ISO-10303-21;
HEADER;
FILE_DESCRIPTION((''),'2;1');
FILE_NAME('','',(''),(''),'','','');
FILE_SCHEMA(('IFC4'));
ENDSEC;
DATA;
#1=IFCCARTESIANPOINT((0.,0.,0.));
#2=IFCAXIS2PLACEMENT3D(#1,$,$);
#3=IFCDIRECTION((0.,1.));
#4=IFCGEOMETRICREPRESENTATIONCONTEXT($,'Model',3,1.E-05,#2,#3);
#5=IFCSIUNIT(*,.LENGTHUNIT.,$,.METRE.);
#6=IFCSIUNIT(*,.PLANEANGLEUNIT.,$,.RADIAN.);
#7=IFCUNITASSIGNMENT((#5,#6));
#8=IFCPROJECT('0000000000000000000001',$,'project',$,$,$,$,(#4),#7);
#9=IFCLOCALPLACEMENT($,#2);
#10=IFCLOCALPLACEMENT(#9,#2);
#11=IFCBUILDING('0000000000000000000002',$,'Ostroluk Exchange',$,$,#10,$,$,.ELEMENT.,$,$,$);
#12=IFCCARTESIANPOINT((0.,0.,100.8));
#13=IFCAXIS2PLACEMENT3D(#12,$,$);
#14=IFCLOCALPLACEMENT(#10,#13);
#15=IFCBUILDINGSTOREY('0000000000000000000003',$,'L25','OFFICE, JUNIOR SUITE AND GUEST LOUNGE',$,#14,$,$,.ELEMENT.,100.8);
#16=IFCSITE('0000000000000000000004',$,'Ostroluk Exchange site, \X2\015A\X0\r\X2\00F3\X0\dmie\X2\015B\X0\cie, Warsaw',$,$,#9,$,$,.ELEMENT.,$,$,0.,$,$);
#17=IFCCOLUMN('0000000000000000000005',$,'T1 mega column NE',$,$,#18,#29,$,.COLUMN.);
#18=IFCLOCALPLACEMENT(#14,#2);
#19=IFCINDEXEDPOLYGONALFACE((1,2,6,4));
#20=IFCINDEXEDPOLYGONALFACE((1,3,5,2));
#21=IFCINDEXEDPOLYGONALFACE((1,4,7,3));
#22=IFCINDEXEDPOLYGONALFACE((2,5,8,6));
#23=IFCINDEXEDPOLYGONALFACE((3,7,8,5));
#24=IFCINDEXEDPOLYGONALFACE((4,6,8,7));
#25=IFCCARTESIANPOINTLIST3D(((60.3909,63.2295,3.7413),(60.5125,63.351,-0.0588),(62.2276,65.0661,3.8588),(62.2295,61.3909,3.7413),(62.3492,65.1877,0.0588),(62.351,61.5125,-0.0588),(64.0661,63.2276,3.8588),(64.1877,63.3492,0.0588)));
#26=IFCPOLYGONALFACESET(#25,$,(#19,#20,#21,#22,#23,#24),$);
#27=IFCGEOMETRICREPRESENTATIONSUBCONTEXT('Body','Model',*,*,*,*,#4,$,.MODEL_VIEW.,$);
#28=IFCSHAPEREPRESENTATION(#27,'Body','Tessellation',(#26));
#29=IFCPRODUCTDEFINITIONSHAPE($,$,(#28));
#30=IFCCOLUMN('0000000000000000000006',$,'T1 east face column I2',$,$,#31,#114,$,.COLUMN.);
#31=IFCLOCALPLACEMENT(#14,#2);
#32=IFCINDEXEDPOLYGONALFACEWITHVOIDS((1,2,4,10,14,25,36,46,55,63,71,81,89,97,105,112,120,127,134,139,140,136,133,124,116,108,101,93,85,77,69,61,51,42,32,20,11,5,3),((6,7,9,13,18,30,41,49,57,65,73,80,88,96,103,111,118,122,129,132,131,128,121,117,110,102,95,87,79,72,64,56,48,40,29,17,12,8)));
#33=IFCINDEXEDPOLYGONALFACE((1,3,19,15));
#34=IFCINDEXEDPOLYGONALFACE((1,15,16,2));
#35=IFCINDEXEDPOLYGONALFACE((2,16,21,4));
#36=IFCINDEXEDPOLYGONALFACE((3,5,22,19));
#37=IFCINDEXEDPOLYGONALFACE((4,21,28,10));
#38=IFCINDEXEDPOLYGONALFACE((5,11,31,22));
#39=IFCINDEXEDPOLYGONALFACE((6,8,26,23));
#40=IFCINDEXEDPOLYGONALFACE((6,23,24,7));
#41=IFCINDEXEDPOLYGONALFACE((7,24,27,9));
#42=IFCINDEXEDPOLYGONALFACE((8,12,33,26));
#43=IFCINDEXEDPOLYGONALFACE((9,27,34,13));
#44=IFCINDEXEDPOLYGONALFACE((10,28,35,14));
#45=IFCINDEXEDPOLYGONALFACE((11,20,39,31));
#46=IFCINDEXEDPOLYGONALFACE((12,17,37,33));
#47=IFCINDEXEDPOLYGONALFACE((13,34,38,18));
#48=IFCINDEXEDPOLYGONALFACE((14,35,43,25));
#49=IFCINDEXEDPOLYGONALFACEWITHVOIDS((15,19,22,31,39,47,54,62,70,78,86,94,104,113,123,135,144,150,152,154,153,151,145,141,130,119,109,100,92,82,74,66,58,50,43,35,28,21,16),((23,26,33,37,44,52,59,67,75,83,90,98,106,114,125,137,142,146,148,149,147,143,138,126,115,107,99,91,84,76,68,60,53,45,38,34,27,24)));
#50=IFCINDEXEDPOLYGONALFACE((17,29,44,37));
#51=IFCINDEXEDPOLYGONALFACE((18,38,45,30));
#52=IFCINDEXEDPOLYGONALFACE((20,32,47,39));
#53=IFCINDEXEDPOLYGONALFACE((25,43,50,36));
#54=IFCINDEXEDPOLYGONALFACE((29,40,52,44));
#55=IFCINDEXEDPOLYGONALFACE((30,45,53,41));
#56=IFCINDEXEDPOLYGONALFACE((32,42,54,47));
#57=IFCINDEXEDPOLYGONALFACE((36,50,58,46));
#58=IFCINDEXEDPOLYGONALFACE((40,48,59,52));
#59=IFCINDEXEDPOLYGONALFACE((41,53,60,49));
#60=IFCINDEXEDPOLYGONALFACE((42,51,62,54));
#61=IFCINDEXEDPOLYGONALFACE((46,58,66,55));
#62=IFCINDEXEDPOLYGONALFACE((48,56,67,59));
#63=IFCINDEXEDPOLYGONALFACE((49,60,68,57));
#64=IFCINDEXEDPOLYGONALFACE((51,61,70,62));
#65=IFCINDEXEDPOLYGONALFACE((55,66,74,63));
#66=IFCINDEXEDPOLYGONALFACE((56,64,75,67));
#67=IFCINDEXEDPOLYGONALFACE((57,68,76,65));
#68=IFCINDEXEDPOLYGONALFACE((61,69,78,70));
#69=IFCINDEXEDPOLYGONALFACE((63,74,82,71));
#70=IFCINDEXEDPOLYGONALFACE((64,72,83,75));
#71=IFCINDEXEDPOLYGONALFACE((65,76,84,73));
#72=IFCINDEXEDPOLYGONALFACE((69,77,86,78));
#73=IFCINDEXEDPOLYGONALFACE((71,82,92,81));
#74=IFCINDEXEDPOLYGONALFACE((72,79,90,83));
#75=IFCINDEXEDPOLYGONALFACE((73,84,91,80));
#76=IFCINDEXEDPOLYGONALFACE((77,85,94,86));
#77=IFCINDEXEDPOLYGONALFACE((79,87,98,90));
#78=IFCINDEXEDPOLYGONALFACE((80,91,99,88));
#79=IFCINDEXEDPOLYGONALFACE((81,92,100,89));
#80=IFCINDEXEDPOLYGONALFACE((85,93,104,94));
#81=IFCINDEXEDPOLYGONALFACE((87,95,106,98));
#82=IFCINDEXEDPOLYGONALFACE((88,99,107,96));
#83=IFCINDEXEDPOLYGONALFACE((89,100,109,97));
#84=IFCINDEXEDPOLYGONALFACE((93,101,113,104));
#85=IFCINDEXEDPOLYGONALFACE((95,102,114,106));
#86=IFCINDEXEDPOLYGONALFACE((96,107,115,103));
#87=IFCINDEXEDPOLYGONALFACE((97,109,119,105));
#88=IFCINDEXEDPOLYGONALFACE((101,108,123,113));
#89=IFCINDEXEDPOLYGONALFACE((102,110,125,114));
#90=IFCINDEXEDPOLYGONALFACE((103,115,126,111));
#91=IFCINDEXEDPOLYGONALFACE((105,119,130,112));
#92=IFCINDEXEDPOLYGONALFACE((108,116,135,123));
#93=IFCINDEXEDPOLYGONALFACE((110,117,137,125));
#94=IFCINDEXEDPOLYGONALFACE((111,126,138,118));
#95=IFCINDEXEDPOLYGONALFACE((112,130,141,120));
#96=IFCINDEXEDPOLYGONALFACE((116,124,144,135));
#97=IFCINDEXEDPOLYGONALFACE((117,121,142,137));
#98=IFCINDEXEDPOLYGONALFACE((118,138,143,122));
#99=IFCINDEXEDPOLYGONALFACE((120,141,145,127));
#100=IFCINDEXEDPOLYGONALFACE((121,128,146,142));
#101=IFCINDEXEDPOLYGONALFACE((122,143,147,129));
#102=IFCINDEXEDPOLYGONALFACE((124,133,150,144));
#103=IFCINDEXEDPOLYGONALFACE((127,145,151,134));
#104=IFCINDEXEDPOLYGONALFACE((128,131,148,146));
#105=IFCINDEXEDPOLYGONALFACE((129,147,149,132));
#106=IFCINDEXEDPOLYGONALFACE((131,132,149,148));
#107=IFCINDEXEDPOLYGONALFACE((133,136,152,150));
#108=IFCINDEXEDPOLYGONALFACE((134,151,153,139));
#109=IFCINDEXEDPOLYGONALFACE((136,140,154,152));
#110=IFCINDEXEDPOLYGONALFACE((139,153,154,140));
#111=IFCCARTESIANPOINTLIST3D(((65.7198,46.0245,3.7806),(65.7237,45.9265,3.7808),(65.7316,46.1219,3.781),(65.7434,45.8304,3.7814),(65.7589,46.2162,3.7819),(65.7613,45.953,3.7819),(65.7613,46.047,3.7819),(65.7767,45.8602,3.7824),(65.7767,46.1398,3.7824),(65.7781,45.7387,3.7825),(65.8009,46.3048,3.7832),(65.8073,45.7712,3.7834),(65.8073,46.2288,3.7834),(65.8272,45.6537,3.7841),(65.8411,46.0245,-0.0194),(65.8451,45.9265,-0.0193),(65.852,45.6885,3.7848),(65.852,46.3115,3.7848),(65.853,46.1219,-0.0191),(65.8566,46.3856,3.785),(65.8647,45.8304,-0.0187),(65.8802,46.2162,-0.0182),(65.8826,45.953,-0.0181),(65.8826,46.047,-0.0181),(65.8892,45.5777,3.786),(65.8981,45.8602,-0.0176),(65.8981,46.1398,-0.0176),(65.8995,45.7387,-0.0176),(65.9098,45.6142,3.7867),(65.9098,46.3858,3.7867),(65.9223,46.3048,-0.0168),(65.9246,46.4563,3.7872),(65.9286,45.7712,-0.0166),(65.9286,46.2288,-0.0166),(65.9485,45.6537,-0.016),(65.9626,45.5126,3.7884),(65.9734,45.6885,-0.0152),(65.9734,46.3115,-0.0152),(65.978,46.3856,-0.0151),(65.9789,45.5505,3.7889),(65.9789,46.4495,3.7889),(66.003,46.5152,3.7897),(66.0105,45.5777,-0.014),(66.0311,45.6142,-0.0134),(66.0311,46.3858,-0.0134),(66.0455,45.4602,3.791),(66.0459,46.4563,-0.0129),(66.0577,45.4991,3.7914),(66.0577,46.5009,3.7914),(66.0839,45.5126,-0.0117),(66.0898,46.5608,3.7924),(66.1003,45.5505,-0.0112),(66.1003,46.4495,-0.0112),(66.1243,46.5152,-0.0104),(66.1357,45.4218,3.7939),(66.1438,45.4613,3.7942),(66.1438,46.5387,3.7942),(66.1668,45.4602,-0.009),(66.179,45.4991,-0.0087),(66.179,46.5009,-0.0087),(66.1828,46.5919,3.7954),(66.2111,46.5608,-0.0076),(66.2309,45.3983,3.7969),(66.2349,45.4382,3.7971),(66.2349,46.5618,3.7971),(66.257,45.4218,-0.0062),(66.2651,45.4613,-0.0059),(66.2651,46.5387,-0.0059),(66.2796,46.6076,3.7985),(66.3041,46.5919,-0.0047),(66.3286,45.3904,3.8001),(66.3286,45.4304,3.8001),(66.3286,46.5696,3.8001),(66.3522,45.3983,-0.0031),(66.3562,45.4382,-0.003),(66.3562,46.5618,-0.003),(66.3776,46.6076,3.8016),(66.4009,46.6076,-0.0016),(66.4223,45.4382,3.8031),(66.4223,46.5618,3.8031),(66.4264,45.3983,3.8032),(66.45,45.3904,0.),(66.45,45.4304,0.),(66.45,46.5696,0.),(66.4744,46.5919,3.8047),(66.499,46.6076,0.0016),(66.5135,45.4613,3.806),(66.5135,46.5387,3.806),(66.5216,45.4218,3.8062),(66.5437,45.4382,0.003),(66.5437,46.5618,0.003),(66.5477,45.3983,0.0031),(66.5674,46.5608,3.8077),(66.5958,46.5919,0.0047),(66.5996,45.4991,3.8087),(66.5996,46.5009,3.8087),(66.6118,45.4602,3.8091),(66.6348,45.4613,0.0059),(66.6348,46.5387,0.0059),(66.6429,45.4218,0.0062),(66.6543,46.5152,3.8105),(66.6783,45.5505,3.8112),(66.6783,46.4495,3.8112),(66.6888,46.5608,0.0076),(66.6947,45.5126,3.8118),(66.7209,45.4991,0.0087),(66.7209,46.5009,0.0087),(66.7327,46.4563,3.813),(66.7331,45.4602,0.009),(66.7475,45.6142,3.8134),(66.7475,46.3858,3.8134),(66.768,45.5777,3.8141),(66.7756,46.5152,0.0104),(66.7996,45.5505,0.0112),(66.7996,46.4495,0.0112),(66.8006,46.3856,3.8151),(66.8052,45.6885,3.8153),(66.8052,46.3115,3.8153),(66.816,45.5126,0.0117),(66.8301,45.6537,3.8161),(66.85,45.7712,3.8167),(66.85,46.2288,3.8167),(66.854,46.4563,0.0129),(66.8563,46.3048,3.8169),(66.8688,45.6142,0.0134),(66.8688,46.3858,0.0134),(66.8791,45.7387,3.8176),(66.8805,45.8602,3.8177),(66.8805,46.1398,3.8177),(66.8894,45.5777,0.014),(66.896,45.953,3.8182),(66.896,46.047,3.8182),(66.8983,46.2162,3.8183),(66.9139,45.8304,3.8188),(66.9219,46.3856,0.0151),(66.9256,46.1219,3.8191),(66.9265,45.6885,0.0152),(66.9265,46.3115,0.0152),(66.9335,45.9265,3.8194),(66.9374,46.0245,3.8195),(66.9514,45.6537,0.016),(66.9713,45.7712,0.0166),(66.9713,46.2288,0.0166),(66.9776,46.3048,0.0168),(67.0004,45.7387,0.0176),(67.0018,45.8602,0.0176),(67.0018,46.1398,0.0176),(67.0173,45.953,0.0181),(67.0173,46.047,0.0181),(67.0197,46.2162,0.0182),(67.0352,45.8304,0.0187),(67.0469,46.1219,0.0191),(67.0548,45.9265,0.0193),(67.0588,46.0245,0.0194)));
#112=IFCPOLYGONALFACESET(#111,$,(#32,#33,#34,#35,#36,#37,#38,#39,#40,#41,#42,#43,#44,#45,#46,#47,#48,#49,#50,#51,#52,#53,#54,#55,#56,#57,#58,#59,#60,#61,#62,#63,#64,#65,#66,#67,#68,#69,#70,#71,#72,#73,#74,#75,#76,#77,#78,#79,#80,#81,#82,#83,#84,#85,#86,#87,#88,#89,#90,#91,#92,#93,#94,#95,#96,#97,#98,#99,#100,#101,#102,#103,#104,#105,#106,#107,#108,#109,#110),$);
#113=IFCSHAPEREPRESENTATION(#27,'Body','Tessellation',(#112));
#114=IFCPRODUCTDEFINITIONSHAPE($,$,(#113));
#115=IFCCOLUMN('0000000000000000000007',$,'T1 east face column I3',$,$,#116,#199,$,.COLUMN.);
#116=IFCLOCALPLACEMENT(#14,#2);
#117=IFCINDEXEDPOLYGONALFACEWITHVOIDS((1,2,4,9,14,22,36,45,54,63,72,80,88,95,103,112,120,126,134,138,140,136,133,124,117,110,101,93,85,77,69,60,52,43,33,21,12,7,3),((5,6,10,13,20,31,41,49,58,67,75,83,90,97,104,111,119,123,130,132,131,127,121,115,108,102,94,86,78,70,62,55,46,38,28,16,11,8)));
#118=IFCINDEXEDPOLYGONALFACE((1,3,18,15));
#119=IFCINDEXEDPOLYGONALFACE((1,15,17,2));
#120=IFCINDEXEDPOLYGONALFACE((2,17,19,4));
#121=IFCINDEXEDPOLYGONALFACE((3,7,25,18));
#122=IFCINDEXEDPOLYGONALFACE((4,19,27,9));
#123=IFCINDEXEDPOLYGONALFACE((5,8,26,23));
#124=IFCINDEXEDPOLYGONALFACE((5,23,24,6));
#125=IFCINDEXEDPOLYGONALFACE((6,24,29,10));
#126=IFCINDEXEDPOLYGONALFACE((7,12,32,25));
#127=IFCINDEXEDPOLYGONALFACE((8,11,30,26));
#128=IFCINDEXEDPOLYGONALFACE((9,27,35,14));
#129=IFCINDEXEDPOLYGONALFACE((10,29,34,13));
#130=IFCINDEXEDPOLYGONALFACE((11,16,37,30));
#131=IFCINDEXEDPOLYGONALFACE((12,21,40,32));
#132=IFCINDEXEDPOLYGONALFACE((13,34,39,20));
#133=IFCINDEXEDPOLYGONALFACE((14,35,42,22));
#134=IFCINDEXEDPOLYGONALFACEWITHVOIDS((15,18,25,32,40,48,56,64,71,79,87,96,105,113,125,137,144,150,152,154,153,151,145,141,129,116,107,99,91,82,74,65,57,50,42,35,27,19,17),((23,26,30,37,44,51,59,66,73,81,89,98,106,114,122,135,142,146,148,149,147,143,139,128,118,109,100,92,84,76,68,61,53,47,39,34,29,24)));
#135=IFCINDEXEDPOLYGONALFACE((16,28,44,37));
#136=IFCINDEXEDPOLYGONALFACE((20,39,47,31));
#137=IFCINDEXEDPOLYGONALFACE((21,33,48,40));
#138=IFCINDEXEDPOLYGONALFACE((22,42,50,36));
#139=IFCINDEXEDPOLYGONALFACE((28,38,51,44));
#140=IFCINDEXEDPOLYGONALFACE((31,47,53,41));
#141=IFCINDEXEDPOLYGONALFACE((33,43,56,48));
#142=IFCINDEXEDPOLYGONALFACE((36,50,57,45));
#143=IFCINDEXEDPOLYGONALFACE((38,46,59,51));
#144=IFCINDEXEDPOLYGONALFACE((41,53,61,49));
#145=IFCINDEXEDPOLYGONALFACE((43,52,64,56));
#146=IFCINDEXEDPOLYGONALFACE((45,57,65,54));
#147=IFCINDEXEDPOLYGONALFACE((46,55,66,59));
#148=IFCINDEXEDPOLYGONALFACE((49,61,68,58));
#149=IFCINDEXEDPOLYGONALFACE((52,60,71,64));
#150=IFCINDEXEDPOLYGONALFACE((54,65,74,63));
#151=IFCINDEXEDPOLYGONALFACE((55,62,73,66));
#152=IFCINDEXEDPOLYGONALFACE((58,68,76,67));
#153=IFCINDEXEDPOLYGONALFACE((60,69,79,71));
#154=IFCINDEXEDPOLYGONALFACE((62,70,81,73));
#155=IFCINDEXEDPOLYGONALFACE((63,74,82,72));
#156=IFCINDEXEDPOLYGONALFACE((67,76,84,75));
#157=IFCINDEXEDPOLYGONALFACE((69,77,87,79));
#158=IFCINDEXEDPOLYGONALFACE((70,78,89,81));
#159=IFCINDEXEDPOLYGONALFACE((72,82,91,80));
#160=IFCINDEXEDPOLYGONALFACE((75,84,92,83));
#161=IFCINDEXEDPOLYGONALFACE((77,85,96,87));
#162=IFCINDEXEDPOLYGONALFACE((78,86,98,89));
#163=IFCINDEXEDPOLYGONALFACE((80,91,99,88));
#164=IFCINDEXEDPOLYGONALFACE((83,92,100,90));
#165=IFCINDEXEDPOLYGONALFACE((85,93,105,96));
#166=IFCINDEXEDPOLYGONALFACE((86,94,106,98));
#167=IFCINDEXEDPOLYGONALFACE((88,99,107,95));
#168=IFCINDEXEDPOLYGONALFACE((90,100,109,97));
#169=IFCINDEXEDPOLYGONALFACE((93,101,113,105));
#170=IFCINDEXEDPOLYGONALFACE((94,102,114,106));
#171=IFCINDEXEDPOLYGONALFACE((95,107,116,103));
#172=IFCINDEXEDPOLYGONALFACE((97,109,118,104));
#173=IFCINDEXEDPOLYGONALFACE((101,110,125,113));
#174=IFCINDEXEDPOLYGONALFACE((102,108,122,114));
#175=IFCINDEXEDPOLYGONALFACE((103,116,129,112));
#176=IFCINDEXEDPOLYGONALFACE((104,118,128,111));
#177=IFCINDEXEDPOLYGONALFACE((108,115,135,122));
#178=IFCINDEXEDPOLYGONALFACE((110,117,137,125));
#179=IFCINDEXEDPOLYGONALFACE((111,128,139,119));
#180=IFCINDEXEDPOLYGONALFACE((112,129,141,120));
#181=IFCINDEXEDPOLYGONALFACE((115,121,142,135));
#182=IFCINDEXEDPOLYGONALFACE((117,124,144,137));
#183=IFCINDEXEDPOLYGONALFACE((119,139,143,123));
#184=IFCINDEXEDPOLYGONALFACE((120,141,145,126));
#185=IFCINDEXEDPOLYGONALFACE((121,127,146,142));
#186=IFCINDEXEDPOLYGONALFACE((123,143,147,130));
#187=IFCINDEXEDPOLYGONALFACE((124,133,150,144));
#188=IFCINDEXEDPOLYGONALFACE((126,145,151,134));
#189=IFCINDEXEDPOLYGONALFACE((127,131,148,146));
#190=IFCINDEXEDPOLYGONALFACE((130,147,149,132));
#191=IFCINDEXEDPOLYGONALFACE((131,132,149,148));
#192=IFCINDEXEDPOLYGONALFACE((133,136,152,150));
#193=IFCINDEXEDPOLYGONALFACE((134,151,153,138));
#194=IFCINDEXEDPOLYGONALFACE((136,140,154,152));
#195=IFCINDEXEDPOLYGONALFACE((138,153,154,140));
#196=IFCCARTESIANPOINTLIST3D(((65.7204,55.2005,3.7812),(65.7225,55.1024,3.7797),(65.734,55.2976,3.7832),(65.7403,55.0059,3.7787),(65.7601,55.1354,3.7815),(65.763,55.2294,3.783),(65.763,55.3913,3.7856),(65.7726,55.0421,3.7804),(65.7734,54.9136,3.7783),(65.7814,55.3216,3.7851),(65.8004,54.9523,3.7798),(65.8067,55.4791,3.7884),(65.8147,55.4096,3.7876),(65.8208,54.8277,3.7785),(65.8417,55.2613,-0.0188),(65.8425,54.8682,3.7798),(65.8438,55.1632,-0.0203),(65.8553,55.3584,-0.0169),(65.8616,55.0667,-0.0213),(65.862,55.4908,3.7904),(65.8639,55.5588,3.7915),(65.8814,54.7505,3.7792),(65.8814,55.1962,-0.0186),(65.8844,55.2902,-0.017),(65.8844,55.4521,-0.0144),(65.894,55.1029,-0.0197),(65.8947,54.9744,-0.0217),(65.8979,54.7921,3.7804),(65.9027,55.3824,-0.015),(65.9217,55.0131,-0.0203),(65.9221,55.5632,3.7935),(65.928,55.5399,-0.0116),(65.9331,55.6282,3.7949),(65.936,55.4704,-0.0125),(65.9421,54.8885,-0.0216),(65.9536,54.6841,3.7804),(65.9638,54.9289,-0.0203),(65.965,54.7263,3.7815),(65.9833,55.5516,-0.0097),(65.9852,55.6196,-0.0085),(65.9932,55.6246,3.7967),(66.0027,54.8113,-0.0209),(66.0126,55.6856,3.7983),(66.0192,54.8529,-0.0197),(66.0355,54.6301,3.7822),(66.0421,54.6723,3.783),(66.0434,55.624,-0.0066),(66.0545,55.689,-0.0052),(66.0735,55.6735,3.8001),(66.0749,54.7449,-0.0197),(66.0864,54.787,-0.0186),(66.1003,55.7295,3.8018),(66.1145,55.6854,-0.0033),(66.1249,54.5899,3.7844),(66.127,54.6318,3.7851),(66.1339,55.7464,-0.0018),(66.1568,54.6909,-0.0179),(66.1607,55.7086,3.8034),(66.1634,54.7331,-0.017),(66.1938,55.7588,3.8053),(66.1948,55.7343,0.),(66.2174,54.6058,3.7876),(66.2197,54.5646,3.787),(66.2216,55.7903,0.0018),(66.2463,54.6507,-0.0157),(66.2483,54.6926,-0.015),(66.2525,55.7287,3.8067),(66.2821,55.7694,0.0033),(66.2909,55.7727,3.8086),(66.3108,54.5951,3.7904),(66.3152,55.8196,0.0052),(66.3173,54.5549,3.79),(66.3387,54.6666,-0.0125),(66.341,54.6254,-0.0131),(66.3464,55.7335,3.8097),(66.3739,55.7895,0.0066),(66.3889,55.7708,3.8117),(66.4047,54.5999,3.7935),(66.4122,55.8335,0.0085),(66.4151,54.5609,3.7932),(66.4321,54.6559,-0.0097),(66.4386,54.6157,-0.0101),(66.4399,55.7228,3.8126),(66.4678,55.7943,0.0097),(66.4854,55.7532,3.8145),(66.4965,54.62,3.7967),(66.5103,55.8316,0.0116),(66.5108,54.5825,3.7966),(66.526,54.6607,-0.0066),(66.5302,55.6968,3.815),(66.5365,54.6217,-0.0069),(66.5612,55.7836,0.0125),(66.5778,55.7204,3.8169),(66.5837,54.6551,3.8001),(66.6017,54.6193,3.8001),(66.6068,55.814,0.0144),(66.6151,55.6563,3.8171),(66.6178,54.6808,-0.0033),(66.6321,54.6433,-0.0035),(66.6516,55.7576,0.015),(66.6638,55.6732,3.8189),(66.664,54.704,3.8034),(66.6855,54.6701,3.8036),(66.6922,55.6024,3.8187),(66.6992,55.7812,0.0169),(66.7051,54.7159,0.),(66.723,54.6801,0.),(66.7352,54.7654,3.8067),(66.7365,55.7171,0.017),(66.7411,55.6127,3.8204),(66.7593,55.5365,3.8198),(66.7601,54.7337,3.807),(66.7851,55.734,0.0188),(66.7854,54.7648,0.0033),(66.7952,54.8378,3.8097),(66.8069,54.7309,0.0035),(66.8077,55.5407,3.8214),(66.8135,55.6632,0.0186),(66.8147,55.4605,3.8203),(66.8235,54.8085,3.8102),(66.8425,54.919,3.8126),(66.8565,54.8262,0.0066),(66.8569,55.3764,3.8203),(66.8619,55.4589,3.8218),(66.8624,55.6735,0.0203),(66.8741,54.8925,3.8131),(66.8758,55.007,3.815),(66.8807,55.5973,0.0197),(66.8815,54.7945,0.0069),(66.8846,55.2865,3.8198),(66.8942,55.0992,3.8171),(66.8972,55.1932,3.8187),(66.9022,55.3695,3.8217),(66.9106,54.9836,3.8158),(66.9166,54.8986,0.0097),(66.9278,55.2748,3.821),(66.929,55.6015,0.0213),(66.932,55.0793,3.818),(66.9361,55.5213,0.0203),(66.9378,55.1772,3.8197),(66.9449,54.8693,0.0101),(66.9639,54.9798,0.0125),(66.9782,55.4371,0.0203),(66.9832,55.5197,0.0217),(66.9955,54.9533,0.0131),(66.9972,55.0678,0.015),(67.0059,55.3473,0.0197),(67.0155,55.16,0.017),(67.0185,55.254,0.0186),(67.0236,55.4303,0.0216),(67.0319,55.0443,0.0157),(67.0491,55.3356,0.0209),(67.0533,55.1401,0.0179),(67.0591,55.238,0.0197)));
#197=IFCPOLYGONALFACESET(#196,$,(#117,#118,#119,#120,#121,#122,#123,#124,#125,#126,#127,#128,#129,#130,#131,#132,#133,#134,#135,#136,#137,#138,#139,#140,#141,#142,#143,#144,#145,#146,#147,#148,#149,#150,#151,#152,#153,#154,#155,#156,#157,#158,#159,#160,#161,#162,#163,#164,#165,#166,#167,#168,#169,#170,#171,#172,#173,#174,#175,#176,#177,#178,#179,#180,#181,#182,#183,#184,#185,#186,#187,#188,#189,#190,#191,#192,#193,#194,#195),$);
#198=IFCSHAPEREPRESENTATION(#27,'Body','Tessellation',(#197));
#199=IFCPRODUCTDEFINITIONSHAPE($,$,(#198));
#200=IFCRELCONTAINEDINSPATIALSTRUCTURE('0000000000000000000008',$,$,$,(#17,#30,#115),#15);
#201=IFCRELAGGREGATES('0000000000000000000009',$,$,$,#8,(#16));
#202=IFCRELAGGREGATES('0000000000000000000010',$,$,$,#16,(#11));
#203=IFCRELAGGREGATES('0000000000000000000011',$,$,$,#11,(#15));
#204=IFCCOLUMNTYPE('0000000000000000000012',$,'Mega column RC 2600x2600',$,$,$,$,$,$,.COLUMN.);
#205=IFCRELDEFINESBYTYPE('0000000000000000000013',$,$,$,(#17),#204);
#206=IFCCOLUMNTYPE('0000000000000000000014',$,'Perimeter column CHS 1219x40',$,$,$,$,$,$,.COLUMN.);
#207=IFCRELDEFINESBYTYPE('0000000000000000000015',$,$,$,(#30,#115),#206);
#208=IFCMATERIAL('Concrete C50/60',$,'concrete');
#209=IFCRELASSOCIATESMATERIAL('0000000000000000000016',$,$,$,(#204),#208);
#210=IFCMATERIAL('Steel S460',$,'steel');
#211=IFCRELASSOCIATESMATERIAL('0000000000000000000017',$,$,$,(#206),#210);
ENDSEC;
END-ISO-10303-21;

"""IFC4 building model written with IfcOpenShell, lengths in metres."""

from ifc_helpers import new_model, si_unit, direction, frame, origin, origin_2d, place, context, subcontext, project, spatial, rectangle, hollow_circle, extrude, material, material_profile, profile_set, type_object, element, save


model = new_model("IFC4")

# Units and contexts
model_context = context("Model", 3, precision=1e-05, world=origin(), true_north=direction((0.0, 1.0)))
body_context = subcontext(model_context, "Body", "Model", "MODEL_VIEW")
ifc_project = project(units=[si_unit("LENGTHUNIT", "METRE"), si_unit("PLANEANGLEUNIT", "RADIAN")], contexts=[model_context])

# Site, building, storey
site_placement = place(None, origin())
site = spatial("IfcSite", under=ifc_project, at=site_placement, Name="Ostroluk Exchange site, Śródmieście, Warsaw", CompositionType="ELEMENT", RefElevation=0.0)
building_placement = place(site_placement, origin())
building = spatial("IfcBuilding", under=site, at=building_placement, Name="Ostroluk Exchange", CompositionType="ELEMENT")
storey_placement = place(building_placement, frame((0.0, 0.0, 100.8)))
storey = spatial("IfcBuildingStorey", under=building, at=storey_placement, Name="L25", Description="OFFICE, JUNIOR SUITE AND GUEST LOUNGE", CompositionType="ELEMENT", Elevation=100.8)

# Columns
ifc_material_1 = material(Name="Concrete C50/60", Category="concrete")
ifc_material_profile_1 = material_profile(ifc_material_1, rectangle(XDim=2.6001, YDim=2.6001, at=origin_2d()), Name="RC 2600x2600")
ifc_profile_set_1 = profile_set([ifc_material_profile_1], Name="Concrete C50/60")
column_type_1 = type_object("IfcColumnType", Name="Mega column RC 2600x2600", PredefinedType="COLUMN", material=ifc_profile_set_1)
column_1_placement = place(storey_placement, frame((62.3501, 63.3501, 0.0), z_axis=(-0.031962, -0.031962, 0.998978), x_axis=(0.707107, -0.707107, 0.0)))
element("IfcColumn", 1, at=column_1_placement, inside=storey, type_object=column_type_1, Name="T1 mega column NE", PredefinedType="COLUMN", context=body_context, shape_type="SweptSolid", body=[
    extrude(rectangle(XDim=2.6001, YDim=2.6001, at=origin_2d()), origin(), (0.0, 0.0, 1.0), 3.804),
])
ifc_material_2 = material(Name="Steel S460", Category="steel")
ifc_material_profile_2 = material_profile(ifc_material_2, hollow_circle(Radius=0.6096, WallThickness=0.04, at=origin_2d()), Name="CHS 1219x40")
ifc_profile_set_2 = profile_set([ifc_material_profile_2], Name="Steel S460")
column_type_2 = type_object("IfcColumnType", Name="Perimeter column CHS 1219x40", PredefinedType="COLUMN", material=ifc_profile_set_2)
column_2_placement = place(storey_placement, frame((66.45, 46.0, 0.0), z_axis=(-0.031914, 0.0, 0.999491), x_axis=(0.0, -1.0, 0.0)))
element("IfcColumn", 2, at=column_2_placement, inside=storey, type_object=column_type_2, Name="T1 east face column I2", PredefinedType="COLUMN", context=body_context, shape_type="SweptSolid", body=[
    extrude(hollow_circle(Radius=0.6096, WallThickness=0.04, at=origin_2d()), origin(), (0.0, 0.0, 1.0), 3.802),
])
column_3_placement = place(storey_placement, frame((66.45, 55.2251, 0.0), z_axis=(-0.03191, -0.015987, 0.999363), x_axis=(0.447933, -0.894067, 0.0)))
element("IfcColumn", 3, at=column_3_placement, inside=storey, type_object=column_type_2, Name="T1 east face column I3", PredefinedType="COLUMN", context=body_context, shape_type="SweptSolid", body=[
    extrude(hollow_circle(Radius=0.6096, WallThickness=0.04, at=origin_2d()), origin(), (0.0, 0.0, 1.0), 3.8025),
])

save(model, "model.ifc")
